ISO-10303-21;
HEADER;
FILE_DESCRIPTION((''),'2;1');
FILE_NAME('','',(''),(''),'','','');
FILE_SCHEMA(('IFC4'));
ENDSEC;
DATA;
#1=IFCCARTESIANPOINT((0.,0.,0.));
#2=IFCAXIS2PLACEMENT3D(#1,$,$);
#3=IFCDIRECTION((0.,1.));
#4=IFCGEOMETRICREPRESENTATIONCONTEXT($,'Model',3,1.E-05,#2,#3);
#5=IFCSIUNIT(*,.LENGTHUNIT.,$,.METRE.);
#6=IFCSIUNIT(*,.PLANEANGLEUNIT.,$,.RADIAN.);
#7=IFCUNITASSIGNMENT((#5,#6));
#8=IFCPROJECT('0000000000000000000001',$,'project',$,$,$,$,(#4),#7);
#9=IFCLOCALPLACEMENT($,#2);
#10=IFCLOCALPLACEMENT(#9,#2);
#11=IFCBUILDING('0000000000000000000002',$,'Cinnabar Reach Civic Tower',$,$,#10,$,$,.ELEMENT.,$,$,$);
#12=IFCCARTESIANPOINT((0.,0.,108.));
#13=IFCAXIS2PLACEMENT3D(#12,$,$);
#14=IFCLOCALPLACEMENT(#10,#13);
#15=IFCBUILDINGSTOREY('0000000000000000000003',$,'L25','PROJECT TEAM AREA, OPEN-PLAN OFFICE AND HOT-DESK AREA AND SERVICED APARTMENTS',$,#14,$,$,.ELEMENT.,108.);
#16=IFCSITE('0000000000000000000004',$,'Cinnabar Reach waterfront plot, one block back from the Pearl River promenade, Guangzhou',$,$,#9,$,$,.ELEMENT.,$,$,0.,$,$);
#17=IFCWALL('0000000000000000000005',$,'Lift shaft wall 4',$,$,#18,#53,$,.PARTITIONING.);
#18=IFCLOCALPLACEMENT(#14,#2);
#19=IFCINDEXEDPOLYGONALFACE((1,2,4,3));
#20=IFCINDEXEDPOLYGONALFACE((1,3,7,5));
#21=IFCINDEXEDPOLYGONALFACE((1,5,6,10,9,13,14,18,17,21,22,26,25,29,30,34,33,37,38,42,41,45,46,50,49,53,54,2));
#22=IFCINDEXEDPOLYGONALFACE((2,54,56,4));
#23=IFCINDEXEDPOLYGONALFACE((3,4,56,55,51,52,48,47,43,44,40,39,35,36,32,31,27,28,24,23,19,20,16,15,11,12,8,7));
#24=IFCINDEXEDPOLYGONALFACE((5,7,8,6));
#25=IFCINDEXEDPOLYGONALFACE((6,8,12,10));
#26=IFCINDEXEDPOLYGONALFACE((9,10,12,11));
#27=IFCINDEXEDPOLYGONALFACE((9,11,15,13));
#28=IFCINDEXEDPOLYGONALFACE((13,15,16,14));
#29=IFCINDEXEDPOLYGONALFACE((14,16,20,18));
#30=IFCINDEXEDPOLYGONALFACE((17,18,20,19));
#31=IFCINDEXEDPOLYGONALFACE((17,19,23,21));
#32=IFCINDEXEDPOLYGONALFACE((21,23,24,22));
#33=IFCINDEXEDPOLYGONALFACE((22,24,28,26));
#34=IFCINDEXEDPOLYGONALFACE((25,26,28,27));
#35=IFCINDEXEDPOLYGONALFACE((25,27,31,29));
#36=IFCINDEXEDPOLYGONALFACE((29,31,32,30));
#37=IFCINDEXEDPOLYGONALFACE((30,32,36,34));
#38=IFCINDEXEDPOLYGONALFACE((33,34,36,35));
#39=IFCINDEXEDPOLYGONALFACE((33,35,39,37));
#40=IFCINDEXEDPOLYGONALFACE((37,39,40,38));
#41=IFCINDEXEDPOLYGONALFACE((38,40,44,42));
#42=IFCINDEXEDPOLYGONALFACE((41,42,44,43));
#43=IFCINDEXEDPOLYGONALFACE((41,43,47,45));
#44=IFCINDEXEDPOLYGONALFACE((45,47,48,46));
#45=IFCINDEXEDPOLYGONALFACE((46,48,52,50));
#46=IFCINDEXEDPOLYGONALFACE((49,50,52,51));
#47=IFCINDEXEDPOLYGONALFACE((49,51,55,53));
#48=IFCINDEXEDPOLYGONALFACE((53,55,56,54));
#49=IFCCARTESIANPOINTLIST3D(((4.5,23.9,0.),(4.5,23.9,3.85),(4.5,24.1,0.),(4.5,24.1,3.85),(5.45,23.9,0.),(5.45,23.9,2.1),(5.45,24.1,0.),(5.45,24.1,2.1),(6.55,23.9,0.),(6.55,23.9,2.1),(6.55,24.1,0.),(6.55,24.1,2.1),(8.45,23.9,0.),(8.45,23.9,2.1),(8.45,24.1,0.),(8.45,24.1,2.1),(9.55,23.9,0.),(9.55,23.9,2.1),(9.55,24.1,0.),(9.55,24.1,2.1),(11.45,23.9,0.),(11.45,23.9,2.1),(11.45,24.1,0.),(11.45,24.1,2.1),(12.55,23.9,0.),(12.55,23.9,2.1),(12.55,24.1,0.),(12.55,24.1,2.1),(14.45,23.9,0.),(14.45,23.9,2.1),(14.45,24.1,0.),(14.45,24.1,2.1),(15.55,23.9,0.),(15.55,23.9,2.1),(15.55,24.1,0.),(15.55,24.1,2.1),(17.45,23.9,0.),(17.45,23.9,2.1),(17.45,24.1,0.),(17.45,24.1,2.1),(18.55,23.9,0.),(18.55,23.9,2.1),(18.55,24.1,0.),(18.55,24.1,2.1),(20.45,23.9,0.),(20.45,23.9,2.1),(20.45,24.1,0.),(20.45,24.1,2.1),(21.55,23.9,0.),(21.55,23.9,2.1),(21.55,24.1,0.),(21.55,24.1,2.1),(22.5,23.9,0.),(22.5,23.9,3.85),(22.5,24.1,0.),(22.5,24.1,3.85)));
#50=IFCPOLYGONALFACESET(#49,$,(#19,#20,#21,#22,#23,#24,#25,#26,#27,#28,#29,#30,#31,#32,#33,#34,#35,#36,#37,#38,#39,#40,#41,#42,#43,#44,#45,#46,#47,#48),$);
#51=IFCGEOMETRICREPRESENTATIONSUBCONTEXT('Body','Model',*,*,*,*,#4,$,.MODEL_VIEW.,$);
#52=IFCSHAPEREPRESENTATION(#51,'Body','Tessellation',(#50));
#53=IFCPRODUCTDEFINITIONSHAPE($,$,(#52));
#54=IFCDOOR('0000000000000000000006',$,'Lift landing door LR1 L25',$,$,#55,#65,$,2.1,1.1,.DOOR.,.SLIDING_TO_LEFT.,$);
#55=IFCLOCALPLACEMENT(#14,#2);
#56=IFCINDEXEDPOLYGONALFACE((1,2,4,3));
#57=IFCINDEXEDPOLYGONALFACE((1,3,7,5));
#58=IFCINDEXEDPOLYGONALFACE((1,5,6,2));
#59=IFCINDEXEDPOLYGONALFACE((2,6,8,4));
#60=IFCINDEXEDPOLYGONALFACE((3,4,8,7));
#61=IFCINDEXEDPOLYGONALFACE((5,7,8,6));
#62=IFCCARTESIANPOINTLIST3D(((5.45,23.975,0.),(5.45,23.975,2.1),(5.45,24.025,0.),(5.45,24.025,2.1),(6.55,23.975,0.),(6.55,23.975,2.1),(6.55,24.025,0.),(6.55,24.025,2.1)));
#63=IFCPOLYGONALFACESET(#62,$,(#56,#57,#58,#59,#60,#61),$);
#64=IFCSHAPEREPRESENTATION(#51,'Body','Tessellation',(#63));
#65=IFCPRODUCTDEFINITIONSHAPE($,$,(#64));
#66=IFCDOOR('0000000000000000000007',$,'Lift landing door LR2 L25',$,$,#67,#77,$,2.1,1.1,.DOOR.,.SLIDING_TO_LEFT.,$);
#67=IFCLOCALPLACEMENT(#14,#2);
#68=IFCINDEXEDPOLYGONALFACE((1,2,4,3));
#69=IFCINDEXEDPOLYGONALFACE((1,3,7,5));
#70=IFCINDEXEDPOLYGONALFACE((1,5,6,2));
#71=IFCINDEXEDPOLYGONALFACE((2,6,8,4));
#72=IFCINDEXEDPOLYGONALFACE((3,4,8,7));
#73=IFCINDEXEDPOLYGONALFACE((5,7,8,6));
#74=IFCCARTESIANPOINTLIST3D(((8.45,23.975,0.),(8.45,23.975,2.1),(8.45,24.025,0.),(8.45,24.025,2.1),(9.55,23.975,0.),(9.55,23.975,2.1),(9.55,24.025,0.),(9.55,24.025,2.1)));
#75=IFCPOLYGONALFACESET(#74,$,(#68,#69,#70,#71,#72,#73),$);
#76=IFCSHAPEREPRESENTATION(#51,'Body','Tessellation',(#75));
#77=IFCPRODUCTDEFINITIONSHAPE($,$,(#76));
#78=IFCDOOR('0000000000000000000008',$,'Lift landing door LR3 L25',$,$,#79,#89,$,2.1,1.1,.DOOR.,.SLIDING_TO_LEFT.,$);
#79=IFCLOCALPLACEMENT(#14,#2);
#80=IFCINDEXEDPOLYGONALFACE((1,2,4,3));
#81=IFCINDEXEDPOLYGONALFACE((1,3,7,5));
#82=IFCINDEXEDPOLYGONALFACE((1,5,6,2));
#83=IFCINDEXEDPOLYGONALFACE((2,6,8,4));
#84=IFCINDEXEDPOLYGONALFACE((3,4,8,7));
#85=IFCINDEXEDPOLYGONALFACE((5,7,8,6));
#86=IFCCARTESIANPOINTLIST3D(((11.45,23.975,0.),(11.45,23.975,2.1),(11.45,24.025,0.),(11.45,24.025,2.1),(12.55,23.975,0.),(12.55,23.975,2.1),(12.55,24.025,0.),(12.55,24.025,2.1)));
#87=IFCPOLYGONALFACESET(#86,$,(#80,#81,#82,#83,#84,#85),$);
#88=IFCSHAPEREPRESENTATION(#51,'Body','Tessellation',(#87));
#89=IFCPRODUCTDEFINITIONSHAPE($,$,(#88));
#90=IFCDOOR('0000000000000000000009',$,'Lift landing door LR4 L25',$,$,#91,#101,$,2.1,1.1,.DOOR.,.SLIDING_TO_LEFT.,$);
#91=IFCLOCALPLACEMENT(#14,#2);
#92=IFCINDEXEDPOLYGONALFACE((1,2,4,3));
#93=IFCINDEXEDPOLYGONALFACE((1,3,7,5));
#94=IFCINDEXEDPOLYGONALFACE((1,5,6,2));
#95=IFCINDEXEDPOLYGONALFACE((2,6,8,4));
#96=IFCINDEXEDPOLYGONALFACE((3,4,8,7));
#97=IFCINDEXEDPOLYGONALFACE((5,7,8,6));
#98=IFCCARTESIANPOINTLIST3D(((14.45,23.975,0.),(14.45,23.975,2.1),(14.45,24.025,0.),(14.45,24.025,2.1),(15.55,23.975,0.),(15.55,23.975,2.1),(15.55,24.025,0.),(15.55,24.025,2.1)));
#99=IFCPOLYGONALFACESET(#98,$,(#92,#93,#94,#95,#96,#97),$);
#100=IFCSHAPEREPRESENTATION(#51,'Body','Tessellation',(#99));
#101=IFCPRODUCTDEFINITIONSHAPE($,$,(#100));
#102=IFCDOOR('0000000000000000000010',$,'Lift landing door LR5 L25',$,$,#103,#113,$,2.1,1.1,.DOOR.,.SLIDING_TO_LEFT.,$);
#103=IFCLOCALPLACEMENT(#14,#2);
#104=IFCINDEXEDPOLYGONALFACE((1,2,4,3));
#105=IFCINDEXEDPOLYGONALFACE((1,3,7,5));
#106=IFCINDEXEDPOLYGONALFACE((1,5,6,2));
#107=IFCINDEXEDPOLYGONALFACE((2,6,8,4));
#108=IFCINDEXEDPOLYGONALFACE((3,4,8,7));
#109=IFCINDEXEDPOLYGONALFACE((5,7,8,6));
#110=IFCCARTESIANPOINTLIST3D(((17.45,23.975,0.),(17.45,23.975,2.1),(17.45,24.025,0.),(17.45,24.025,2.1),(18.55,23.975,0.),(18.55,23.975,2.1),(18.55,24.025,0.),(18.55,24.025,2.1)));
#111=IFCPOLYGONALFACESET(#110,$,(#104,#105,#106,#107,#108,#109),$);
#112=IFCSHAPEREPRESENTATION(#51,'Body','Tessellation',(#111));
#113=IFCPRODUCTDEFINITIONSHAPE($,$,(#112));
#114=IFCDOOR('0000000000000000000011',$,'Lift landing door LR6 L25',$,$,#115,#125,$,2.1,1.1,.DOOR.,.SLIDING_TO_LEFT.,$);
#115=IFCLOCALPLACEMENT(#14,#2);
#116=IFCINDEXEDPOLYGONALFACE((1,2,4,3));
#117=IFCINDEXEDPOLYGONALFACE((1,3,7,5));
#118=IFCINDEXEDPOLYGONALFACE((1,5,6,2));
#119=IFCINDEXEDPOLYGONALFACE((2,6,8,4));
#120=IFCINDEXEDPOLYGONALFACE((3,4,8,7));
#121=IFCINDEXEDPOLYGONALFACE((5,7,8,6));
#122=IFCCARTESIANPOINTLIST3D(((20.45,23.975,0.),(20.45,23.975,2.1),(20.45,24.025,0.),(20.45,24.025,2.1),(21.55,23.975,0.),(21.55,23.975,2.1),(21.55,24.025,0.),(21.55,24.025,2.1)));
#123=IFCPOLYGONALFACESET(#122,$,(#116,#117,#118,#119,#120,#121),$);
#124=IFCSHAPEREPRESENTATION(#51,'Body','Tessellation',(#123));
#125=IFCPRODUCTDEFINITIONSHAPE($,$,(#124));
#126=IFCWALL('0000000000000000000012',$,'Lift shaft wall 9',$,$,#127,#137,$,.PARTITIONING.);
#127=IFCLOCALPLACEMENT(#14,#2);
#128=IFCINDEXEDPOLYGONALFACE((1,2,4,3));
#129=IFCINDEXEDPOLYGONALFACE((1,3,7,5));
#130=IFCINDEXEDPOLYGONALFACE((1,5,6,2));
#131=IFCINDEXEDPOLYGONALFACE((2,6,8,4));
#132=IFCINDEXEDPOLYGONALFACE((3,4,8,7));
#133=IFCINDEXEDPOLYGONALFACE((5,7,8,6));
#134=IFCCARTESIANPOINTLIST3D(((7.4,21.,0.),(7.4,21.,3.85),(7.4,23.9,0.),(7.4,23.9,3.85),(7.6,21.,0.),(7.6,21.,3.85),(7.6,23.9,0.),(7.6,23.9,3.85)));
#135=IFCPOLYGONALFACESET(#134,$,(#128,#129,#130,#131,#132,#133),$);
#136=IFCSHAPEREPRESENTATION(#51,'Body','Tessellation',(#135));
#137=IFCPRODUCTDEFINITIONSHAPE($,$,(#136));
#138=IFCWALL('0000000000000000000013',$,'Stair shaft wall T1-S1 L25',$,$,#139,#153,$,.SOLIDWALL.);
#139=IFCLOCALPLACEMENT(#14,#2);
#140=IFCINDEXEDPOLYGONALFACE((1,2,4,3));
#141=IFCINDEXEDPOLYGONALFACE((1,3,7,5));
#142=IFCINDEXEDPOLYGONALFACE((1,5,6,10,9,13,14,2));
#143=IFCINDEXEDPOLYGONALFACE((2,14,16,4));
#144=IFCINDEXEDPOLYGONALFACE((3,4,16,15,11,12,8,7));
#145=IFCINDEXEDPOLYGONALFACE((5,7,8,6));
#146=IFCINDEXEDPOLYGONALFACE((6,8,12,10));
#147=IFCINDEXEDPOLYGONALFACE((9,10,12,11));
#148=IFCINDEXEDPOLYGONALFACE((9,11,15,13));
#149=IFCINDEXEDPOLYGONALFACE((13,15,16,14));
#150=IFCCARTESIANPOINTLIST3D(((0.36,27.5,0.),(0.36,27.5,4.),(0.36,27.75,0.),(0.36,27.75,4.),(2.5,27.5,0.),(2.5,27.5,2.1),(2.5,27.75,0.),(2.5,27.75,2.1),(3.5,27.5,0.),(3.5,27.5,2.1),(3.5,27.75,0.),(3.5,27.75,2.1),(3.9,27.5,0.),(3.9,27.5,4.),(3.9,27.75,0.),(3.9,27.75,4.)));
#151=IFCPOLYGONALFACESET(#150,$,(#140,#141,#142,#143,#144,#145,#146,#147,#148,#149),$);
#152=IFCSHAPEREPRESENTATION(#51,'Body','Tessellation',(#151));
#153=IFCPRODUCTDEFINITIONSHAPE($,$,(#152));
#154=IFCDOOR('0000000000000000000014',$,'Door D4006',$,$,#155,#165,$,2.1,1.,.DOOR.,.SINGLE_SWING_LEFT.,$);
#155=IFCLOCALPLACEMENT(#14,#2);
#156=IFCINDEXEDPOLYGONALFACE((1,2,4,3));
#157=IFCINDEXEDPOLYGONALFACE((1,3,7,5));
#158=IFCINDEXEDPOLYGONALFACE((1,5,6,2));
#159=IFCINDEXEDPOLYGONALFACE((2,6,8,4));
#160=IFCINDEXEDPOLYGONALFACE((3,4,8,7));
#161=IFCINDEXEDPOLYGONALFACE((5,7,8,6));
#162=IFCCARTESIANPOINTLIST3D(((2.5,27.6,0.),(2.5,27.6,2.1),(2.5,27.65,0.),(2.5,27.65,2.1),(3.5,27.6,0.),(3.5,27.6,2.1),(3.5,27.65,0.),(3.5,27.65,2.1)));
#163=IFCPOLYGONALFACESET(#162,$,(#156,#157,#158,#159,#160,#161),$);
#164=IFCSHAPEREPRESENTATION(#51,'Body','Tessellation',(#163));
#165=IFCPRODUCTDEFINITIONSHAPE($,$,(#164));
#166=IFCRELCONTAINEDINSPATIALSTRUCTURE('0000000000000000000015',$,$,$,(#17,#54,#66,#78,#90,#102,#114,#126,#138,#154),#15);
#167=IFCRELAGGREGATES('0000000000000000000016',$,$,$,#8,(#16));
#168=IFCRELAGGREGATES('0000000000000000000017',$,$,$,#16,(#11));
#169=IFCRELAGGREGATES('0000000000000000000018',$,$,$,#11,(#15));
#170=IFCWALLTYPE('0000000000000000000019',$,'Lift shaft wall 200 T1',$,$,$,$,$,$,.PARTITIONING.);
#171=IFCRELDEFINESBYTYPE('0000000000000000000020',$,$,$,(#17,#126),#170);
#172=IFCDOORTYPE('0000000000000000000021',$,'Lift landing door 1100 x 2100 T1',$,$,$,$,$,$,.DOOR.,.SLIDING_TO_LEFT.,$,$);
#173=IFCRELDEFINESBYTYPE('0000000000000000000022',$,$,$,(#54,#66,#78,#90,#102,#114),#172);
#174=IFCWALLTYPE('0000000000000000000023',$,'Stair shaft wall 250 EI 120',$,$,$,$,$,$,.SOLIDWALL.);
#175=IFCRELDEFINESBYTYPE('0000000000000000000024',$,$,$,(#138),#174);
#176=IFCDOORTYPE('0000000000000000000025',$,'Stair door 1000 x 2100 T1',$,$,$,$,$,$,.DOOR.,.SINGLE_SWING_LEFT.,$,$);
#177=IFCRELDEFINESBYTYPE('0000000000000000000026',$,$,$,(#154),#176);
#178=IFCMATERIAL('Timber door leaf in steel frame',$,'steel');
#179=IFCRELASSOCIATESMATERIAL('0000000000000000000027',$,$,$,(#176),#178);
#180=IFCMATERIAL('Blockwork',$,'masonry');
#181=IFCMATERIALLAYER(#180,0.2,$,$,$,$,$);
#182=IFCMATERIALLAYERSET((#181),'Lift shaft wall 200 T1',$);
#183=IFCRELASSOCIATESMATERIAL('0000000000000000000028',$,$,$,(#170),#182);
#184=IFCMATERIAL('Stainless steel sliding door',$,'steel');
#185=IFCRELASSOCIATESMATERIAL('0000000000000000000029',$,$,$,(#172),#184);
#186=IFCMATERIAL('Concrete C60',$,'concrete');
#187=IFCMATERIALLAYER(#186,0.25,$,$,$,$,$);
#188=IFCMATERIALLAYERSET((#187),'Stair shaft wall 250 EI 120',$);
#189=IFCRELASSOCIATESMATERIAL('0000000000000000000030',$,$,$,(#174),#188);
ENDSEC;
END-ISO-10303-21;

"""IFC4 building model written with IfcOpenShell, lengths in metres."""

from ifc_helpers import new_model, si_unit, direction, frame, frame_2d, origin, place, context, subcontext, project, spatial, rectangle, extrude, material, layer, layer_set, type_object, element, fill, save


model = new_model("IFC4")

# Units and contexts
model_context = context("Model", 3, precision=1e-05, world=origin(), true_north=direction((0.0, 1.0)))
body_context = subcontext(model_context, "Body", "Model", "MODEL_VIEW")
ifc_project = project(units=[si_unit("LENGTHUNIT", "METRE"), si_unit("PLANEANGLEUNIT", "RADIAN")], contexts=[model_context])

# Site, building, storey
site_placement = place(None, origin())
site = spatial("IfcSite", under=ifc_project, at=site_placement, Name="Cinnabar Reach waterfront plot, one block back from the Pearl River promenade, Guangzhou", CompositionType="ELEMENT", RefElevation=0.0)
building_placement = place(site_placement, origin())
building = spatial("IfcBuilding", under=site, at=building_placement, Name="Cinnabar Reach Civic Tower", CompositionType="ELEMENT")
storey_placement = place(building_placement, frame((0.0, 0.0, 108.0)))
storey = spatial("IfcBuildingStorey", under=building, at=storey_placement, Name="L25", Description="PROJECT TEAM AREA, OPEN-PLAN OFFICE AND HOT-DESK AREA AND SERVICED APARTMENTS", CompositionType="ELEMENT", Elevation=108.0)

# Shared definitions
ifc_material_1 = material(Name="Timber door leaf in steel frame", Category="steel")
door_type_1 = type_object("IfcDoorType", Name="Stair door 1000 x 2100 T1", OperationType="SINGLE_SWING_LEFT", PredefinedType="DOOR", material=ifc_material_1)

# Wall, openings, doors
ifc_material_2 = material(Name="Blockwork", Category="masonry")
ifc_layer_1 = layer(ifc_material_2, 0.2)
ifc_layer_set_1 = layer_set([ifc_layer_1], Name="Lift shaft wall 200 T1")
wall_type_1 = type_object("IfcWallType", Name="Lift shaft wall 200 T1", PredefinedType="PARTITIONING", material=ifc_layer_set_1)
wall_1_placement = place(storey_placement, frame((4.5, 24.0, 0.0), z_axis=(0.0, 0.0, 1.0), x_axis=(1.0, 0.0, 0.0)))
wall_1 = element("IfcWall", 1, at=wall_1_placement, inside=storey, type_object=wall_type_1, Name="Lift shaft wall 4", PredefinedType="PARTITIONING", context=body_context, shape_type="SweptSolid", body=[
    extrude(rectangle(XDim=18.0, YDim=0.2, at=frame_2d((9.0, 0.0))), origin(), (0.0, 0.0, 1.0), 3.85),
])
opening_1_placement = place(wall_1_placement, frame((0.95, 0.0, 0.0)))
opening_1 = element("IfcOpeningElement", 2, at=opening_1_placement, cuts=wall_1, PredefinedType="OPENING", context=body_context, shape_type="SweptSolid", body=[
    extrude(rectangle(XDim=1.1, YDim=2.1, at=frame_2d((0.55, 1.05))), frame((0.0, 0.11, 0.0), z_axis=(0.0, -1.0, 0.0), x_axis=(1.0, 0.0, 0.0)), (0.0, 0.0, 1.0), 0.22),
])
opening_2_placement = place(wall_1_placement, frame((3.95, 0.0, 0.0)))
opening_2 = element("IfcOpeningElement", 3, at=opening_2_placement, cuts=wall_1, PredefinedType="OPENING", context=body_context, shape_type="SweptSolid", body=[
    extrude(rectangle(XDim=1.1, YDim=2.1, at=frame_2d((0.55, 1.05))), frame((0.0, 0.11, 0.0), z_axis=(0.0, -1.0, 0.0), x_axis=(1.0, 0.0, 0.0)), (0.0, 0.0, 1.0), 0.22),
])
opening_3_placement = place(wall_1_placement, frame((6.95, 0.0, 0.0)))
opening_3 = element("IfcOpeningElement", 4, at=opening_3_placement, cuts=wall_1, PredefinedType="OPENING", context=body_context, shape_type="SweptSolid", body=[
    extrude(rectangle(XDim=1.1, YDim=2.1, at=frame_2d((0.55, 1.05))), frame((0.0, 0.11, 0.0), z_axis=(0.0, -1.0, 0.0), x_axis=(1.0, 0.0, 0.0)), (0.0, 0.0, 1.0), 0.22),
])
opening_4_placement = place(wall_1_placement, frame((9.95, 0.0, 0.0)))
opening_4 = element("IfcOpeningElement", 5, at=opening_4_placement, cuts=wall_1, PredefinedType="OPENING", context=body_context, shape_type="SweptSolid", body=[
    extrude(rectangle(XDim=1.1, YDim=2.1, at=frame_2d((0.55, 1.05))), frame((0.0, 0.11, 0.0), z_axis=(0.0, -1.0, 0.0), x_axis=(1.0, 0.0, 0.0)), (0.0, 0.0, 1.0), 0.22),
])
opening_5_placement = place(wall_1_placement, frame((12.95, 0.0, 0.0)))
opening_5 = element("IfcOpeningElement", 6, at=opening_5_placement, cuts=wall_1, PredefinedType="OPENING", context=body_context, shape_type="SweptSolid", body=[
    extrude(rectangle(XDim=1.1, YDim=2.1, at=frame_2d((0.55, 1.05))), frame((0.0, 0.11, 0.0), z_axis=(0.0, -1.0, 0.0), x_axis=(1.0, 0.0, 0.0)), (0.0, 0.0, 1.0), 0.22),
])
opening_6_placement = place(wall_1_placement, frame((15.95, 0.0, 0.0)))
opening_6 = element("IfcOpeningElement", 7, at=opening_6_placement, cuts=wall_1, PredefinedType="OPENING", context=body_context, shape_type="SweptSolid", body=[
    extrude(rectangle(XDim=1.1, YDim=2.1, at=frame_2d((0.55, 1.05))), frame((0.0, 0.11, 0.0), z_axis=(0.0, -1.0, 0.0), x_axis=(1.0, 0.0, 0.0)), (0.0, 0.0, 1.0), 0.22),
])
ifc_material_3 = material(Name="Stainless steel sliding door", Category="steel")
door_type_2 = type_object("IfcDoorType", Name="Lift landing door 1100 x 2100 T1", OperationType="SLIDING_TO_LEFT", PredefinedType="DOOR", material=ifc_material_3)
door_1_placement = place(opening_1_placement, origin())
door_1 = element("IfcDoor", 8, at=door_1_placement, inside=storey, type_object=door_type_2, Name="Lift landing door LR1 L25", OperationType="SLIDING_TO_LEFT", OverallHeight=2.1, OverallWidth=1.1, PredefinedType="DOOR", context=body_context, shape_type="SweptSolid", body=[
    extrude(rectangle(XDim=1.1, YDim=2.1, at=frame_2d((0.55, 1.05))), frame((0.0, 0.025, 0.0), z_axis=(0.0, -1.0, 0.0), x_axis=(1.0, 0.0, 0.0)), (0.0, 0.0, 1.0), 0.05),
])
fill(opening_1, door_1)
door_2_placement = place(opening_2_placement, origin())
door_2 = element("IfcDoor", 9, at=door_2_placement, inside=storey, type_object=door_type_2, Name="Lift landing door LR2 L25", OperationType="SLIDING_TO_LEFT", OverallHeight=2.1, OverallWidth=1.1, PredefinedType="DOOR", context=body_context, shape_type="SweptSolid", body=[
    extrude(rectangle(XDim=1.1, YDim=2.1, at=frame_2d((0.55, 1.05))), frame((0.0, 0.025, 0.0), z_axis=(0.0, -1.0, 0.0), x_axis=(1.0, 0.0, 0.0)), (0.0, 0.0, 1.0), 0.05),
])
fill(opening_2, door_2)
door_3_placement = place(opening_3_placement, origin())
door_3 = element("IfcDoor", 10, at=door_3_placement, inside=storey, type_object=door_type_2, Name="Lift landing door LR3 L25", OperationType="SLIDING_TO_LEFT", OverallHeight=2.1, OverallWidth=1.1, PredefinedType="DOOR", context=body_context, shape_type="SweptSolid", body=[
    extrude(rectangle(XDim=1.1, YDim=2.1, at=frame_2d((0.55, 1.05))), frame((0.0, 0.025, 0.0), z_axis=(0.0, -1.0, 0.0), x_axis=(1.0, 0.0, 0.0)), (0.0, 0.0, 1.0), 0.05),
])
fill(opening_3, door_3)
door_4_placement = place(opening_4_placement, origin())
door_4 = element("IfcDoor", 11, at=door_4_placement, inside=storey, type_object=door_type_2, Name="Lift landing door LR4 L25", OperationType="SLIDING_TO_LEFT", OverallHeight=2.1, OverallWidth=1.1, PredefinedType="DOOR", context=body_context, shape_type="SweptSolid", body=[
    extrude(rectangle(XDim=1.1, YDim=2.1, at=frame_2d((0.55, 1.05))), frame((0.0, 0.025, 0.0), z_axis=(0.0, -1.0, 0.0), x_axis=(1.0, 0.0, 0.0)), (0.0, 0.0, 1.0), 0.05),
])
fill(opening_4, door_4)
door_5_placement = place(opening_5_placement, origin())
door_5 = element("IfcDoor", 12, at=door_5_placement, inside=storey, type_object=door_type_2, Name="Lift landing door LR5 L25", OperationType="SLIDING_TO_LEFT", OverallHeight=2.1, OverallWidth=1.1, PredefinedType="DOOR", context=body_context, shape_type="SweptSolid", body=[
    extrude(rectangle(XDim=1.1, YDim=2.1, at=frame_2d((0.55, 1.05))), frame((0.0, 0.025, 0.0), z_axis=(0.0, -1.0, 0.0), x_axis=(1.0, 0.0, 0.0)), (0.0, 0.0, 1.0), 0.05),
])
fill(opening_5, door_5)
door_6_placement = place(opening_6_placement, origin())
door_6 = element("IfcDoor", 13, at=door_6_placement, inside=storey, type_object=door_type_2, Name="Lift landing door LR6 L25", OperationType="SLIDING_TO_LEFT", OverallHeight=2.1, OverallWidth=1.1, PredefinedType="DOOR", context=body_context, shape_type="SweptSolid", body=[
    extrude(rectangle(XDim=1.1, YDim=2.1, at=frame_2d((0.55, 1.05))), frame((0.0, 0.025, 0.0), z_axis=(0.0, -1.0, 0.0), x_axis=(1.0, 0.0, 0.0)), (0.0, 0.0, 1.0), 0.05),
])
fill(opening_6, door_6)

# Wall
wall_2_placement = place(storey_placement, frame((7.5, 21.0, 0.0), z_axis=(0.0, 0.0, 1.0), x_axis=(0.0, 1.0, 0.0)))
element("IfcWall", 14, at=wall_2_placement, inside=storey, type_object=wall_type_1, Name="Lift shaft wall 9", PredefinedType="PARTITIONING", context=body_context, shape_type="SweptSolid", body=[
    extrude(rectangle(XDim=2.9, YDim=0.2, at=frame_2d((1.45, 0.0))), origin(), (0.0, 0.0, 1.0), 3.85),
])

# Wall, opening, door
ifc_material_4 = material(Name="Concrete C60", Category="concrete")
ifc_layer_2 = layer(ifc_material_4, 0.25)
ifc_layer_set_2 = layer_set([ifc_layer_2], Name="Stair shaft wall 250 EI 120")
wall_type_2 = type_object("IfcWallType", Name="Stair shaft wall 250 EI 120", PredefinedType="SOLIDWALL", material=ifc_layer_set_2)
wall_3_placement = place(storey_placement, frame((3.9, 27.625, 0.0), z_axis=(0.0, 0.0, 1.0), x_axis=(-1.0, 0.0, 0.0)))
wall_3 = element("IfcWall", 15, at=wall_3_placement, inside=storey, type_object=wall_type_2, Name="Stair shaft wall T1-S1 L25", PredefinedType="SOLIDWALL", context=body_context, shape_type="SweptSolid", body=[
    extrude(rectangle(XDim=3.54, YDim=0.25, at=frame_2d((1.77, 0.0))), origin(), (0.0, 0.0, 1.0), 4.0),
])
opening_7_placement = place(wall_3_placement, frame((0.4, 0.0, 0.0)))
opening_7 = element("IfcOpeningElement", 16, at=opening_7_placement, cuts=wall_3, PredefinedType="OPENING", context=body_context, shape_type="SweptSolid", body=[
    extrude(rectangle(XDim=1.0, YDim=2.1, at=frame_2d((0.5, 1.05))), frame((0.0, 0.135, 0.0), z_axis=(0.0, -1.0, 0.0), x_axis=(1.0, 0.0, 0.0)), (0.0, 0.0, 1.0), 0.27),
])
door_7_placement = place(opening_7_placement, origin())
door_7 = element("IfcDoor", 17, at=door_7_placement, inside=storey, type_object=door_type_1, Name="Door D4006", OperationType="SINGLE_SWING_LEFT", OverallHeight=2.1, OverallWidth=1.0, PredefinedType="DOOR", context=body_context, shape_type="SweptSolid", body=[
    extrude(rectangle(XDim=1.0, YDim=2.1, at=frame_2d((0.5, 1.05))), frame((0.0, 0.025, 0.0), z_axis=(0.0, -1.0, 0.0), x_axis=(1.0, 0.0, 0.0)), (0.0, 0.0, 1.0), 0.05),
])
fill(opening_7, door_7)

save(model, "model.ifc")
